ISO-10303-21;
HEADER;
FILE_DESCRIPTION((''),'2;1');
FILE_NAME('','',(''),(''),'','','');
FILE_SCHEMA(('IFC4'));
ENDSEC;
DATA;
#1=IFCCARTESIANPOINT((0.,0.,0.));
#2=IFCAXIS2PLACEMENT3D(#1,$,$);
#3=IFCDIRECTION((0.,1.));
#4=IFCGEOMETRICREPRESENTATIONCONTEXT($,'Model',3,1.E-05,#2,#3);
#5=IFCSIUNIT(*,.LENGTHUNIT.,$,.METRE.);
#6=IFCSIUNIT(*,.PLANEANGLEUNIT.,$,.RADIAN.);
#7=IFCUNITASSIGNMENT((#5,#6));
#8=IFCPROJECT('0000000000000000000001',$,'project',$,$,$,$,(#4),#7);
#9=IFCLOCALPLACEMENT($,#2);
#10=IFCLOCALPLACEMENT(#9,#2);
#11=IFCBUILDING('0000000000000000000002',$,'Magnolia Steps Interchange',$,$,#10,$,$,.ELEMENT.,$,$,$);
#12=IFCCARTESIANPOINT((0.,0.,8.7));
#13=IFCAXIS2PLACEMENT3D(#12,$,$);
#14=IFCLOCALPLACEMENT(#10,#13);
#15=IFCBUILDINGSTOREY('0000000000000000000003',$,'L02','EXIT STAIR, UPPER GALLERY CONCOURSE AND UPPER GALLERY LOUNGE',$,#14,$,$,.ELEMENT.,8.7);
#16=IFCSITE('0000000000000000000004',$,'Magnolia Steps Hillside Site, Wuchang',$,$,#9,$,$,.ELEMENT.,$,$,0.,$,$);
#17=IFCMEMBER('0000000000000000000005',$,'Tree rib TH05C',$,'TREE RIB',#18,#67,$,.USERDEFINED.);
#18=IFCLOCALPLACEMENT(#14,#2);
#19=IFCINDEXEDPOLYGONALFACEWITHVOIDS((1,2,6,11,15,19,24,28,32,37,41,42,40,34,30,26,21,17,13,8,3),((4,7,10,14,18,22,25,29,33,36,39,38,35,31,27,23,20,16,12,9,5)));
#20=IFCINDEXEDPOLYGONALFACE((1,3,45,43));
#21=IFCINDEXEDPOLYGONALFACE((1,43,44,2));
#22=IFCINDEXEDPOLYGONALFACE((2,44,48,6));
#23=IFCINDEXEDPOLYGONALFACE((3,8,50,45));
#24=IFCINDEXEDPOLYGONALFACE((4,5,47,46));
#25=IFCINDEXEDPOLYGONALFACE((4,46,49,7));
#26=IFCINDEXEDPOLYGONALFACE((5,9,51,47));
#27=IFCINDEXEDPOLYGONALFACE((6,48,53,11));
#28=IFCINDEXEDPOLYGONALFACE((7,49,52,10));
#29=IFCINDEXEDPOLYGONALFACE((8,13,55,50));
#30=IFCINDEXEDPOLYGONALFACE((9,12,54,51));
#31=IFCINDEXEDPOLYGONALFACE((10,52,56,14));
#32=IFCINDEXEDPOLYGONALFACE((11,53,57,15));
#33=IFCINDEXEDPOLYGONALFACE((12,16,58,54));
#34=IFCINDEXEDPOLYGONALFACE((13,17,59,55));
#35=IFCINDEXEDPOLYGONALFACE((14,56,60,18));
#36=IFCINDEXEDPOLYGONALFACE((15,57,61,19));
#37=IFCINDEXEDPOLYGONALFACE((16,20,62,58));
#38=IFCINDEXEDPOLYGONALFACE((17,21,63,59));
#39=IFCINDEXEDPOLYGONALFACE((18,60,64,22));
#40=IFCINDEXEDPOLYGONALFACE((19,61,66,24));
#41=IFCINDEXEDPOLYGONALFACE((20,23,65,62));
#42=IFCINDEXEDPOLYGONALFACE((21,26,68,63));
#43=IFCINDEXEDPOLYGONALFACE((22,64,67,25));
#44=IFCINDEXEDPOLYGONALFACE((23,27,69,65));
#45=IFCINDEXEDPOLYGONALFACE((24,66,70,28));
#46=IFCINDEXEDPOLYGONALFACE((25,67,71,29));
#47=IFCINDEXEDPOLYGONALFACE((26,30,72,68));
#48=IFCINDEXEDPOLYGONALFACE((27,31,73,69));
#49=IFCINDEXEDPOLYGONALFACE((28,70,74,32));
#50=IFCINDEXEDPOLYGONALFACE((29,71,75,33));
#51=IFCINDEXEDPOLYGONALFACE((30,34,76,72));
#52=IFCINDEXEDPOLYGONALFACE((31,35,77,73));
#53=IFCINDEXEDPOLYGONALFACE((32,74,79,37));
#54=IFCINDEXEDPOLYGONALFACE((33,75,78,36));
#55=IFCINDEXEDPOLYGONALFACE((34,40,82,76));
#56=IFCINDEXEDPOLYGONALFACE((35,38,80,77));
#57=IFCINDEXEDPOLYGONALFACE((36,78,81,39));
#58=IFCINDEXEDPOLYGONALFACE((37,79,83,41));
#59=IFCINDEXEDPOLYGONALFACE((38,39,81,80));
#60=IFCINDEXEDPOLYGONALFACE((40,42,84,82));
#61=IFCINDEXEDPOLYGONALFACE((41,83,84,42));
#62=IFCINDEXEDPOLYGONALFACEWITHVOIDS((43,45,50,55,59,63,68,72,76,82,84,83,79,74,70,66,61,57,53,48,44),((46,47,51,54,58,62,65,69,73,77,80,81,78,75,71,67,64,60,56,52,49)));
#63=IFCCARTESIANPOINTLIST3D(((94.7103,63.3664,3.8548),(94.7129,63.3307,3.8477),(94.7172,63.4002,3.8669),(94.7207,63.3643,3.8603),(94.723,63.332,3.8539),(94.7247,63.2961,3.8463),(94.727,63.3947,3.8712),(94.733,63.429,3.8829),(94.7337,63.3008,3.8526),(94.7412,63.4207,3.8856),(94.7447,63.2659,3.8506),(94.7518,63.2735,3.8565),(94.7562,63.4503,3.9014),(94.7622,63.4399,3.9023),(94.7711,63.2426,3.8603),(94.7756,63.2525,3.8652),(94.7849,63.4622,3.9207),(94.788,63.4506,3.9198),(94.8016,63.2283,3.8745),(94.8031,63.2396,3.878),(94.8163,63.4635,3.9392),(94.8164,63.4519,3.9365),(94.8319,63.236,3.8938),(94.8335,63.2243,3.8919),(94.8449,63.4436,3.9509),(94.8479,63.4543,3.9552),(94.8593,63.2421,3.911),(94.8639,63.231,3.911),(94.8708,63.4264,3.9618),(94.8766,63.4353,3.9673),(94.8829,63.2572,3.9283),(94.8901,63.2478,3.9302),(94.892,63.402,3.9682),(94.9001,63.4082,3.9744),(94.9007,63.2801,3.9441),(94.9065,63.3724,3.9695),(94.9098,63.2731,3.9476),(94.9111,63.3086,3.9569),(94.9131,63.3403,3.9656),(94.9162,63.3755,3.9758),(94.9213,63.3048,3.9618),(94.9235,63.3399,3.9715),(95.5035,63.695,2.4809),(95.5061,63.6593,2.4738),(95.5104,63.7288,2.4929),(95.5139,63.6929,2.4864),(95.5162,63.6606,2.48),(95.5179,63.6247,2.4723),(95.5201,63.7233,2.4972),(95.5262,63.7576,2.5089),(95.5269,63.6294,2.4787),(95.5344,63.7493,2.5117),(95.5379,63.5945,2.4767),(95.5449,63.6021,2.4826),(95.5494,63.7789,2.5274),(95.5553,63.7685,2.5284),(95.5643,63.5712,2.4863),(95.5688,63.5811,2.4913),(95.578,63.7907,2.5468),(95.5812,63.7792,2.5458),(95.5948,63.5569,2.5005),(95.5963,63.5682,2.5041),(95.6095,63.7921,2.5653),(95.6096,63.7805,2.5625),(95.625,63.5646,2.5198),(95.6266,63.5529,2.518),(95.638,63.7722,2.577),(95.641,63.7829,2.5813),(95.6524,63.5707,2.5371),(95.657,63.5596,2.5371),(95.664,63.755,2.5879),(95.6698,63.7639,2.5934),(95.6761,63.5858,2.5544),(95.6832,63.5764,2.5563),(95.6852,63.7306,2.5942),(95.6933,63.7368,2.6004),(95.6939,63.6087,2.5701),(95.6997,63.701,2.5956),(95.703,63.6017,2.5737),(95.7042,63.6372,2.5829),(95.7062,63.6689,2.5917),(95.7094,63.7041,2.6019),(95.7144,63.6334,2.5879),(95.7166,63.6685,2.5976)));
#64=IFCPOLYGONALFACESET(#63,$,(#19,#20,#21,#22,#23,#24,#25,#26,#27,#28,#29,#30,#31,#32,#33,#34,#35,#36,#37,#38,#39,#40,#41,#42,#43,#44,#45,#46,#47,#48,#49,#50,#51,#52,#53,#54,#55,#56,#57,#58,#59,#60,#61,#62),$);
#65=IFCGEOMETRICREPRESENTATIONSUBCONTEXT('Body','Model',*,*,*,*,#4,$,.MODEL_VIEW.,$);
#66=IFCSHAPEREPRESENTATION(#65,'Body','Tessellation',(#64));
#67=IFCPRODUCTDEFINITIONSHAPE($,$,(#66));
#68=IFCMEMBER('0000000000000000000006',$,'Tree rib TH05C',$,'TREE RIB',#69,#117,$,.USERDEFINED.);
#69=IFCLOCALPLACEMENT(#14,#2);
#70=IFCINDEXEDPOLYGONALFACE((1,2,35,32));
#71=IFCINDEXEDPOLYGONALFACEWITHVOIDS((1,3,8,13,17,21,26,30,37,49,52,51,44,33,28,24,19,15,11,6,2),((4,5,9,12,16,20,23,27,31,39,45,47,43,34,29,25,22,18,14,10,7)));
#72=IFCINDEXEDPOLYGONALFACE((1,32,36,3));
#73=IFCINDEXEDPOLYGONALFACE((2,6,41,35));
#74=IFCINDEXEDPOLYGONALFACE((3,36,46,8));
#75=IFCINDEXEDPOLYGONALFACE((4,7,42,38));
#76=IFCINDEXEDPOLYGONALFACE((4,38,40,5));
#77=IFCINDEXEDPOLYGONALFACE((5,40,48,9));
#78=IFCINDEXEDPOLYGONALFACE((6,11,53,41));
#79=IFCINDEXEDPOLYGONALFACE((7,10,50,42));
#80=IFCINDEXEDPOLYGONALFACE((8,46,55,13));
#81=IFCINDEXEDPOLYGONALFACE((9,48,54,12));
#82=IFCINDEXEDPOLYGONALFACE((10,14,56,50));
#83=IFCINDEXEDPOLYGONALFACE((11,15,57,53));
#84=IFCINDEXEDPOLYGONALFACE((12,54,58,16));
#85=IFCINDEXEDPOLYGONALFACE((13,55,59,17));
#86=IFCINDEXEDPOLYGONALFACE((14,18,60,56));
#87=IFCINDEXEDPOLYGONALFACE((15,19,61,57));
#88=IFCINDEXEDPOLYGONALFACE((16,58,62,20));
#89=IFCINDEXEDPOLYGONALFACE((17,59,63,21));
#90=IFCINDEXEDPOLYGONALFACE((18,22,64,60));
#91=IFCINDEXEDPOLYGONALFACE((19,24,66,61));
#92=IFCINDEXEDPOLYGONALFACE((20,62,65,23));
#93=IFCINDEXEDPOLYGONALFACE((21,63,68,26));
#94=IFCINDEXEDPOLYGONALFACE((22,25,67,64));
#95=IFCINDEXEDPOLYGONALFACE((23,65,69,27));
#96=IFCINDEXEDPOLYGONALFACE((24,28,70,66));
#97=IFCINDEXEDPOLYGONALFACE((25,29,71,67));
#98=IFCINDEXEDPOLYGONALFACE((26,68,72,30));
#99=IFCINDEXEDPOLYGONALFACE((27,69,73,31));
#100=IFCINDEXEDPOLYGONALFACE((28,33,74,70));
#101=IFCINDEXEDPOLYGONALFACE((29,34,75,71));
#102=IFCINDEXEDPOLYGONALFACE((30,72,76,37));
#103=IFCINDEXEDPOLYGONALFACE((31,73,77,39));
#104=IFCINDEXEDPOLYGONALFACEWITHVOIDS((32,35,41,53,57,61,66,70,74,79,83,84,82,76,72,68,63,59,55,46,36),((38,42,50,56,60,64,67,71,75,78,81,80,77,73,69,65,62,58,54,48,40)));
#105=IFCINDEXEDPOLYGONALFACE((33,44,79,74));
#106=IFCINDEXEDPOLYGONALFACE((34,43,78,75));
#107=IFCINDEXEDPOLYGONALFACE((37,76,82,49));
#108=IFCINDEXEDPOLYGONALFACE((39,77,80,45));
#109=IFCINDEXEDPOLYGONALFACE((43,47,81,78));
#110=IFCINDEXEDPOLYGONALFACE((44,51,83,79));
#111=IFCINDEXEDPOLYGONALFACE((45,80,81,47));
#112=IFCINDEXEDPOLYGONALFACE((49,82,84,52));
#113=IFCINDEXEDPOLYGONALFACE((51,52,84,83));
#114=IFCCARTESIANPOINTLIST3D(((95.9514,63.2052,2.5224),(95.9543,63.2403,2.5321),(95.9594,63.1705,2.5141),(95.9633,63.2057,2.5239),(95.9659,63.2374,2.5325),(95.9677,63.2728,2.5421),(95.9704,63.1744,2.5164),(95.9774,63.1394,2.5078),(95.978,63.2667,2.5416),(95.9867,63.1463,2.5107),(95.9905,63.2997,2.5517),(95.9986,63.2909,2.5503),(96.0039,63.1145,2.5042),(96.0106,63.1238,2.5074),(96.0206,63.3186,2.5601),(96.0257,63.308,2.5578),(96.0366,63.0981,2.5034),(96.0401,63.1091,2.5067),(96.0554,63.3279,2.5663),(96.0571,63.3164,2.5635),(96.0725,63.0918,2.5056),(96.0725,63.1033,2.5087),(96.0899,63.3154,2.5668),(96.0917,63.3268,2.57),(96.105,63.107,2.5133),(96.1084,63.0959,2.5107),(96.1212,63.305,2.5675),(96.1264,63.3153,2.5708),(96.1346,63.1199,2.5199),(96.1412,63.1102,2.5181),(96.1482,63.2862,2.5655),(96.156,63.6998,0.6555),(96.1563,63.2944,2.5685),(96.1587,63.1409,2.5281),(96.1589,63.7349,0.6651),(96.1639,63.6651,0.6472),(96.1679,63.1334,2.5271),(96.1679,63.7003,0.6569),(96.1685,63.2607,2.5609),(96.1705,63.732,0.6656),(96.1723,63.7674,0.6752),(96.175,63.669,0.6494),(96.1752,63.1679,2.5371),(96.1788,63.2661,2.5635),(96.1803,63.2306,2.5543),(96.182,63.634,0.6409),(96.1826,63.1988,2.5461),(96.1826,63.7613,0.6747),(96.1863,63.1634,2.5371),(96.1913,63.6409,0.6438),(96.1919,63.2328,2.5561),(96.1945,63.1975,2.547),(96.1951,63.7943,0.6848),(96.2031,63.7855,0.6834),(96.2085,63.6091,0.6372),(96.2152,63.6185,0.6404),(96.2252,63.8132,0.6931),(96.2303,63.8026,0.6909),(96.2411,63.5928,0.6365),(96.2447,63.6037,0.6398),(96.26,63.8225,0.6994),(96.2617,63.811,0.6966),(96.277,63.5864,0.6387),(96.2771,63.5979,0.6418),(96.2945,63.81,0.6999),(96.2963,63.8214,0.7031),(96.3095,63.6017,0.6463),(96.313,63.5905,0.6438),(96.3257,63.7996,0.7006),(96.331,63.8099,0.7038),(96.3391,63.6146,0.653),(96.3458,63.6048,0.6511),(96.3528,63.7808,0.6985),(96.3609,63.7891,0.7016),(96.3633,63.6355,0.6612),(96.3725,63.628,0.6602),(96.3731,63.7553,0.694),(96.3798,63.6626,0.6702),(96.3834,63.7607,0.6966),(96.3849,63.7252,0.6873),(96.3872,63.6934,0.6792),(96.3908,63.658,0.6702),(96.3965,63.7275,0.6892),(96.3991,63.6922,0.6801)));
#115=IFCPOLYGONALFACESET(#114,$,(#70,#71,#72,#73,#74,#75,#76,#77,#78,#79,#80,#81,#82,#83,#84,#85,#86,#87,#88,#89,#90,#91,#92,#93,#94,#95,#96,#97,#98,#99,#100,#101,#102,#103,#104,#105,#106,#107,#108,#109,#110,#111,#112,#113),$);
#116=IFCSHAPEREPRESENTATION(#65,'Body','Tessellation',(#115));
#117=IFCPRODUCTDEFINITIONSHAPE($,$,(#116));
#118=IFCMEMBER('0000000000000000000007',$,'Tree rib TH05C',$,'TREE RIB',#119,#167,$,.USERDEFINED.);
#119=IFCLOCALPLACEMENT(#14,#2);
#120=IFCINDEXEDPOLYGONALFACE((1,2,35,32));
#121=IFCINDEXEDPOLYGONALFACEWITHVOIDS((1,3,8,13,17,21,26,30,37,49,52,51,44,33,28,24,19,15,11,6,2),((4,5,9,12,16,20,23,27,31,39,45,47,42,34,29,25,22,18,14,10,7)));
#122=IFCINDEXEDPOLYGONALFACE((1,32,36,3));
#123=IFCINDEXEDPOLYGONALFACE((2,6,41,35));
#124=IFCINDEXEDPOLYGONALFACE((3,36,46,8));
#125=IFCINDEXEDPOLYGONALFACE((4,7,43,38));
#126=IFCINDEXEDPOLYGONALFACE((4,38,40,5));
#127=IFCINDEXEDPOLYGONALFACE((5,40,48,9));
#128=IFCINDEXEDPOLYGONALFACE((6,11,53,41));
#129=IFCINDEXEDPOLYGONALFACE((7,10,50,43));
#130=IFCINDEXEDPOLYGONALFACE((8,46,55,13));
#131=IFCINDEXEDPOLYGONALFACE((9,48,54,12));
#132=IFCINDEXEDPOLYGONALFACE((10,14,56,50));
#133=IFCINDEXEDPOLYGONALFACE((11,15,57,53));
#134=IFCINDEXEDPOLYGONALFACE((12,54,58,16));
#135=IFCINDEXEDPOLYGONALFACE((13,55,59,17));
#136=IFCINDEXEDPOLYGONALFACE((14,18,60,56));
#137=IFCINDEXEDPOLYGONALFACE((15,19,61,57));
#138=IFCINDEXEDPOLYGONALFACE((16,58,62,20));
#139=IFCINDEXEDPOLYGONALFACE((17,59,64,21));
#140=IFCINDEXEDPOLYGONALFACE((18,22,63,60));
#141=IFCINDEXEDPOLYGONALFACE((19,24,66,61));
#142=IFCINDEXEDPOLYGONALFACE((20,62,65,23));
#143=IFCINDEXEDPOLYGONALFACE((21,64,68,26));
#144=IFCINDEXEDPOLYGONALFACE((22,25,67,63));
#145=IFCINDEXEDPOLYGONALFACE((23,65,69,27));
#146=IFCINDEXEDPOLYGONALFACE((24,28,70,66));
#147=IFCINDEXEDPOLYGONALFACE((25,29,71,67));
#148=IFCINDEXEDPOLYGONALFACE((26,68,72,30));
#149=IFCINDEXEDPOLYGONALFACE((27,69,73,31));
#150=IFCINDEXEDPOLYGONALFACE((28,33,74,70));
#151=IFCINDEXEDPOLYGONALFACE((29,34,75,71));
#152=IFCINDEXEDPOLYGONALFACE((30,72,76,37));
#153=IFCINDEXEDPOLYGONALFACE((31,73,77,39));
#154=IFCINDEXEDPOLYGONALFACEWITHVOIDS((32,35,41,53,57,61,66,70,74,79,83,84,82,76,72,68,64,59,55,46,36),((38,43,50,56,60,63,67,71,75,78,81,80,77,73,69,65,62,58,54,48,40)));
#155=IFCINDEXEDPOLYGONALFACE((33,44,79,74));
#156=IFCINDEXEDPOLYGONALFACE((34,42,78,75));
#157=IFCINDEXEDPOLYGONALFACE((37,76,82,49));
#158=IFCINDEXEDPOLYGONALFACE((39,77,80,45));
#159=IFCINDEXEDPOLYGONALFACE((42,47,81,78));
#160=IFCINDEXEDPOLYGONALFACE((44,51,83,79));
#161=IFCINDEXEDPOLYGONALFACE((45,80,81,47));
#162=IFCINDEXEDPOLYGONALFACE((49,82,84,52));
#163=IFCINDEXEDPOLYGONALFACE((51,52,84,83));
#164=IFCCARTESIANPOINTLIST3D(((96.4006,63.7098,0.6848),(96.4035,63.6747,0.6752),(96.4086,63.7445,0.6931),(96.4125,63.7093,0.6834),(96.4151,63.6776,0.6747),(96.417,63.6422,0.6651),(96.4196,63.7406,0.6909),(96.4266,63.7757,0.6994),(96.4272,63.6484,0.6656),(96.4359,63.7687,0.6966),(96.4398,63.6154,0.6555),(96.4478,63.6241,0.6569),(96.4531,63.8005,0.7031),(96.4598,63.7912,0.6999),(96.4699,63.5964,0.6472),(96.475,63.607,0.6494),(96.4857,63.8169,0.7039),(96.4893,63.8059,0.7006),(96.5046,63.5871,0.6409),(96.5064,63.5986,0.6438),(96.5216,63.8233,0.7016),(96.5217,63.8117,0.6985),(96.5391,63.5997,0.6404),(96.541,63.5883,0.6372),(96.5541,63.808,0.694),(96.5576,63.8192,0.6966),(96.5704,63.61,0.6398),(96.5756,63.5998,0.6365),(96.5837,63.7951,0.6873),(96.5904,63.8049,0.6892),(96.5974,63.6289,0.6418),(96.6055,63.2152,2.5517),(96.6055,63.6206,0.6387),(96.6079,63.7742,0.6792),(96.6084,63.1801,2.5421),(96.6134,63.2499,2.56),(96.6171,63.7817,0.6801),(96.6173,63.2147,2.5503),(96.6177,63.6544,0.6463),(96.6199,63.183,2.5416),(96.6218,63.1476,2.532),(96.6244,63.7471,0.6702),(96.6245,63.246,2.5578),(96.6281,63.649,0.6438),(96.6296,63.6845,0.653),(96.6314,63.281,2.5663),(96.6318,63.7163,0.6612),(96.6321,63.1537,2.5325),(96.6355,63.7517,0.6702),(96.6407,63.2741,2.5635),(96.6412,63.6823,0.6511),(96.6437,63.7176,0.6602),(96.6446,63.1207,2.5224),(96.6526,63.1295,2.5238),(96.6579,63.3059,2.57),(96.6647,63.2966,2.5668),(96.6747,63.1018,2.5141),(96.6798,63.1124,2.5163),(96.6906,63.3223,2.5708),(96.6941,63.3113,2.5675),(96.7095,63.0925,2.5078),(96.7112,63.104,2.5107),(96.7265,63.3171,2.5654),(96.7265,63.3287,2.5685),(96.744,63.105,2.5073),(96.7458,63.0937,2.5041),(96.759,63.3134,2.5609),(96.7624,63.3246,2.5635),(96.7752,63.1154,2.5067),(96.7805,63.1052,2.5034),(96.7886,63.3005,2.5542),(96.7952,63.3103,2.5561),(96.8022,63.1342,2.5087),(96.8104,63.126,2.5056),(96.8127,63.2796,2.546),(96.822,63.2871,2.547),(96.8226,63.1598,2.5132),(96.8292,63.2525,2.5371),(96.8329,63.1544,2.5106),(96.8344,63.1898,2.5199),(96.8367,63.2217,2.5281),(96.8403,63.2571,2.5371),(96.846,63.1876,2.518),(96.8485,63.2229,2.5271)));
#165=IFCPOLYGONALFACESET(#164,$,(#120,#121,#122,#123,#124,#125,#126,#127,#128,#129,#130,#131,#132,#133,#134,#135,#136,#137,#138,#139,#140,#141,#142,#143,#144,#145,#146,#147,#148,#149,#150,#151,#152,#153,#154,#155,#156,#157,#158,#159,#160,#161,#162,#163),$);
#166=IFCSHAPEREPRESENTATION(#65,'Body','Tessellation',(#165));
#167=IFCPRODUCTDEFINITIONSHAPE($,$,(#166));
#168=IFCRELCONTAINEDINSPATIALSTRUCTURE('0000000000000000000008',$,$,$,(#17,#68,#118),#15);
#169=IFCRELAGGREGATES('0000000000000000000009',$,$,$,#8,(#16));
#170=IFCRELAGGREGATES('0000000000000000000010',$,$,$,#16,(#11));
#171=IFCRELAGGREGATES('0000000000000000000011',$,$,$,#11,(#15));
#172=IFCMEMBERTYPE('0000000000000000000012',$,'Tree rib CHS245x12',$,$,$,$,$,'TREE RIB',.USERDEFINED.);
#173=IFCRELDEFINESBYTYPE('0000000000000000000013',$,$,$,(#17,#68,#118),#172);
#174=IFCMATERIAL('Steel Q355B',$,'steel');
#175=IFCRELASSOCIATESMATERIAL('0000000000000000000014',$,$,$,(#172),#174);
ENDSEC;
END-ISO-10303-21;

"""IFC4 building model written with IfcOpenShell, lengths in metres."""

from ifc_helpers import new_model, si_unit, direction, frame, origin, origin_2d, place, context, subcontext, project, spatial, hollow_circle, extrude, material, material_profile, profile_set, type_object, element, save


model = new_model("IFC4")

# Units and contexts
model_context = context("Model", 3, precision=1e-05, world=origin(), true_north=direction((0.0, 1.0)))
body_context = subcontext(model_context, "Body", "Model", "MODEL_VIEW")
ifc_project = project(units=[si_unit("LENGTHUNIT", "METRE"), si_unit("PLANEANGLEUNIT", "RADIAN")], contexts=[model_context])

# Site, building, storey
site_placement = place(None, origin())
site = spatial("IfcSite", under=ifc_project, at=site_placement, Name="Magnolia Steps Hillside Site, Wuchang", CompositionType="ELEMENT", RefElevation=0.0)
building_placement = place(site_placement, origin())
building = spatial("IfcBuilding", under=site, at=building_placement, Name="Magnolia Steps Interchange", CompositionType="ELEMENT")
storey_placement = place(building_placement, frame((0.0, 0.0, 8.7)))
storey = spatial("IfcBuildingStorey", under=building, at=storey_placement, Name="L02", Description="EXIT STAIR, UPPER GALLERY CONCOURSE AND UPPER GALLERY LOUNGE", CompositionType="ELEMENT", Elevation=8.7)

# Members
ifc_material_1 = material(Name="Steel Q355B", Category="steel")
ifc_material_profile_1 = material_profile(ifc_material_1, hollow_circle(Radius=0.1226, WallThickness=0.012, at=origin_2d()), Name="CHS245x12")
ifc_profile_set_1 = profile_set([ifc_material_profile_1], Name="Steel Q355B")
member_type_1 = type_object("IfcMemberType", Name="Tree rib CHS245x12", ElementType="TREE RIB", PredefinedType="USERDEFINED", material=ifc_profile_set_1)
member_1_placement = place(storey_placement, frame((95.6101, 63.6729, 2.5371), z_axis=(-0.489571, -0.20282, 0.848047), x_axis=(0.382737, -0.923857, 0.0)))
element("IfcMember", 1, at=member_1_placement, inside=storey, type_object=member_type_1, Name="Tree rib TH05C", ObjectType="TREE RIB", PredefinedType="USERDEFINED", context=body_context, shape_type="SweptSolid", body=[
    extrude(hollow_circle(Radius=0.1226, WallThickness=0.012, at=origin_2d()), origin(), (0.0, 0.0, 1.0), 1.6201),
])
for number, where, z_axis, x_axis, name in (
    (2, (96.2776, 63.7048, 0.6702), (-0.105341, -0.25468, 0.961271), (0.924072, -0.382218, 0.0), "Tree rib TH05C"),
    (3, (96.5222, 63.7048, 0.6702), (0.105466, -0.254676, 0.961258), (0.923911, 0.382607, 0.0), "Tree rib TH05C"),
):
    element("IfcMember", number, at=place(storey_placement, frame(where, z_axis=z_axis, x_axis=x_axis)), inside=storey, type_object=member_type_1, Name=name, ObjectType="TREE RIB", PredefinedType="USERDEFINED", context=body_context, shape_type="SweptSolid", body=[
        extrude(hollow_circle(Radius=0.1226, WallThickness=0.012, at=origin_2d()), origin(), (0.0, 0.0, 1.0), 1.9421),
    ])

save(model, "model.ifc")
